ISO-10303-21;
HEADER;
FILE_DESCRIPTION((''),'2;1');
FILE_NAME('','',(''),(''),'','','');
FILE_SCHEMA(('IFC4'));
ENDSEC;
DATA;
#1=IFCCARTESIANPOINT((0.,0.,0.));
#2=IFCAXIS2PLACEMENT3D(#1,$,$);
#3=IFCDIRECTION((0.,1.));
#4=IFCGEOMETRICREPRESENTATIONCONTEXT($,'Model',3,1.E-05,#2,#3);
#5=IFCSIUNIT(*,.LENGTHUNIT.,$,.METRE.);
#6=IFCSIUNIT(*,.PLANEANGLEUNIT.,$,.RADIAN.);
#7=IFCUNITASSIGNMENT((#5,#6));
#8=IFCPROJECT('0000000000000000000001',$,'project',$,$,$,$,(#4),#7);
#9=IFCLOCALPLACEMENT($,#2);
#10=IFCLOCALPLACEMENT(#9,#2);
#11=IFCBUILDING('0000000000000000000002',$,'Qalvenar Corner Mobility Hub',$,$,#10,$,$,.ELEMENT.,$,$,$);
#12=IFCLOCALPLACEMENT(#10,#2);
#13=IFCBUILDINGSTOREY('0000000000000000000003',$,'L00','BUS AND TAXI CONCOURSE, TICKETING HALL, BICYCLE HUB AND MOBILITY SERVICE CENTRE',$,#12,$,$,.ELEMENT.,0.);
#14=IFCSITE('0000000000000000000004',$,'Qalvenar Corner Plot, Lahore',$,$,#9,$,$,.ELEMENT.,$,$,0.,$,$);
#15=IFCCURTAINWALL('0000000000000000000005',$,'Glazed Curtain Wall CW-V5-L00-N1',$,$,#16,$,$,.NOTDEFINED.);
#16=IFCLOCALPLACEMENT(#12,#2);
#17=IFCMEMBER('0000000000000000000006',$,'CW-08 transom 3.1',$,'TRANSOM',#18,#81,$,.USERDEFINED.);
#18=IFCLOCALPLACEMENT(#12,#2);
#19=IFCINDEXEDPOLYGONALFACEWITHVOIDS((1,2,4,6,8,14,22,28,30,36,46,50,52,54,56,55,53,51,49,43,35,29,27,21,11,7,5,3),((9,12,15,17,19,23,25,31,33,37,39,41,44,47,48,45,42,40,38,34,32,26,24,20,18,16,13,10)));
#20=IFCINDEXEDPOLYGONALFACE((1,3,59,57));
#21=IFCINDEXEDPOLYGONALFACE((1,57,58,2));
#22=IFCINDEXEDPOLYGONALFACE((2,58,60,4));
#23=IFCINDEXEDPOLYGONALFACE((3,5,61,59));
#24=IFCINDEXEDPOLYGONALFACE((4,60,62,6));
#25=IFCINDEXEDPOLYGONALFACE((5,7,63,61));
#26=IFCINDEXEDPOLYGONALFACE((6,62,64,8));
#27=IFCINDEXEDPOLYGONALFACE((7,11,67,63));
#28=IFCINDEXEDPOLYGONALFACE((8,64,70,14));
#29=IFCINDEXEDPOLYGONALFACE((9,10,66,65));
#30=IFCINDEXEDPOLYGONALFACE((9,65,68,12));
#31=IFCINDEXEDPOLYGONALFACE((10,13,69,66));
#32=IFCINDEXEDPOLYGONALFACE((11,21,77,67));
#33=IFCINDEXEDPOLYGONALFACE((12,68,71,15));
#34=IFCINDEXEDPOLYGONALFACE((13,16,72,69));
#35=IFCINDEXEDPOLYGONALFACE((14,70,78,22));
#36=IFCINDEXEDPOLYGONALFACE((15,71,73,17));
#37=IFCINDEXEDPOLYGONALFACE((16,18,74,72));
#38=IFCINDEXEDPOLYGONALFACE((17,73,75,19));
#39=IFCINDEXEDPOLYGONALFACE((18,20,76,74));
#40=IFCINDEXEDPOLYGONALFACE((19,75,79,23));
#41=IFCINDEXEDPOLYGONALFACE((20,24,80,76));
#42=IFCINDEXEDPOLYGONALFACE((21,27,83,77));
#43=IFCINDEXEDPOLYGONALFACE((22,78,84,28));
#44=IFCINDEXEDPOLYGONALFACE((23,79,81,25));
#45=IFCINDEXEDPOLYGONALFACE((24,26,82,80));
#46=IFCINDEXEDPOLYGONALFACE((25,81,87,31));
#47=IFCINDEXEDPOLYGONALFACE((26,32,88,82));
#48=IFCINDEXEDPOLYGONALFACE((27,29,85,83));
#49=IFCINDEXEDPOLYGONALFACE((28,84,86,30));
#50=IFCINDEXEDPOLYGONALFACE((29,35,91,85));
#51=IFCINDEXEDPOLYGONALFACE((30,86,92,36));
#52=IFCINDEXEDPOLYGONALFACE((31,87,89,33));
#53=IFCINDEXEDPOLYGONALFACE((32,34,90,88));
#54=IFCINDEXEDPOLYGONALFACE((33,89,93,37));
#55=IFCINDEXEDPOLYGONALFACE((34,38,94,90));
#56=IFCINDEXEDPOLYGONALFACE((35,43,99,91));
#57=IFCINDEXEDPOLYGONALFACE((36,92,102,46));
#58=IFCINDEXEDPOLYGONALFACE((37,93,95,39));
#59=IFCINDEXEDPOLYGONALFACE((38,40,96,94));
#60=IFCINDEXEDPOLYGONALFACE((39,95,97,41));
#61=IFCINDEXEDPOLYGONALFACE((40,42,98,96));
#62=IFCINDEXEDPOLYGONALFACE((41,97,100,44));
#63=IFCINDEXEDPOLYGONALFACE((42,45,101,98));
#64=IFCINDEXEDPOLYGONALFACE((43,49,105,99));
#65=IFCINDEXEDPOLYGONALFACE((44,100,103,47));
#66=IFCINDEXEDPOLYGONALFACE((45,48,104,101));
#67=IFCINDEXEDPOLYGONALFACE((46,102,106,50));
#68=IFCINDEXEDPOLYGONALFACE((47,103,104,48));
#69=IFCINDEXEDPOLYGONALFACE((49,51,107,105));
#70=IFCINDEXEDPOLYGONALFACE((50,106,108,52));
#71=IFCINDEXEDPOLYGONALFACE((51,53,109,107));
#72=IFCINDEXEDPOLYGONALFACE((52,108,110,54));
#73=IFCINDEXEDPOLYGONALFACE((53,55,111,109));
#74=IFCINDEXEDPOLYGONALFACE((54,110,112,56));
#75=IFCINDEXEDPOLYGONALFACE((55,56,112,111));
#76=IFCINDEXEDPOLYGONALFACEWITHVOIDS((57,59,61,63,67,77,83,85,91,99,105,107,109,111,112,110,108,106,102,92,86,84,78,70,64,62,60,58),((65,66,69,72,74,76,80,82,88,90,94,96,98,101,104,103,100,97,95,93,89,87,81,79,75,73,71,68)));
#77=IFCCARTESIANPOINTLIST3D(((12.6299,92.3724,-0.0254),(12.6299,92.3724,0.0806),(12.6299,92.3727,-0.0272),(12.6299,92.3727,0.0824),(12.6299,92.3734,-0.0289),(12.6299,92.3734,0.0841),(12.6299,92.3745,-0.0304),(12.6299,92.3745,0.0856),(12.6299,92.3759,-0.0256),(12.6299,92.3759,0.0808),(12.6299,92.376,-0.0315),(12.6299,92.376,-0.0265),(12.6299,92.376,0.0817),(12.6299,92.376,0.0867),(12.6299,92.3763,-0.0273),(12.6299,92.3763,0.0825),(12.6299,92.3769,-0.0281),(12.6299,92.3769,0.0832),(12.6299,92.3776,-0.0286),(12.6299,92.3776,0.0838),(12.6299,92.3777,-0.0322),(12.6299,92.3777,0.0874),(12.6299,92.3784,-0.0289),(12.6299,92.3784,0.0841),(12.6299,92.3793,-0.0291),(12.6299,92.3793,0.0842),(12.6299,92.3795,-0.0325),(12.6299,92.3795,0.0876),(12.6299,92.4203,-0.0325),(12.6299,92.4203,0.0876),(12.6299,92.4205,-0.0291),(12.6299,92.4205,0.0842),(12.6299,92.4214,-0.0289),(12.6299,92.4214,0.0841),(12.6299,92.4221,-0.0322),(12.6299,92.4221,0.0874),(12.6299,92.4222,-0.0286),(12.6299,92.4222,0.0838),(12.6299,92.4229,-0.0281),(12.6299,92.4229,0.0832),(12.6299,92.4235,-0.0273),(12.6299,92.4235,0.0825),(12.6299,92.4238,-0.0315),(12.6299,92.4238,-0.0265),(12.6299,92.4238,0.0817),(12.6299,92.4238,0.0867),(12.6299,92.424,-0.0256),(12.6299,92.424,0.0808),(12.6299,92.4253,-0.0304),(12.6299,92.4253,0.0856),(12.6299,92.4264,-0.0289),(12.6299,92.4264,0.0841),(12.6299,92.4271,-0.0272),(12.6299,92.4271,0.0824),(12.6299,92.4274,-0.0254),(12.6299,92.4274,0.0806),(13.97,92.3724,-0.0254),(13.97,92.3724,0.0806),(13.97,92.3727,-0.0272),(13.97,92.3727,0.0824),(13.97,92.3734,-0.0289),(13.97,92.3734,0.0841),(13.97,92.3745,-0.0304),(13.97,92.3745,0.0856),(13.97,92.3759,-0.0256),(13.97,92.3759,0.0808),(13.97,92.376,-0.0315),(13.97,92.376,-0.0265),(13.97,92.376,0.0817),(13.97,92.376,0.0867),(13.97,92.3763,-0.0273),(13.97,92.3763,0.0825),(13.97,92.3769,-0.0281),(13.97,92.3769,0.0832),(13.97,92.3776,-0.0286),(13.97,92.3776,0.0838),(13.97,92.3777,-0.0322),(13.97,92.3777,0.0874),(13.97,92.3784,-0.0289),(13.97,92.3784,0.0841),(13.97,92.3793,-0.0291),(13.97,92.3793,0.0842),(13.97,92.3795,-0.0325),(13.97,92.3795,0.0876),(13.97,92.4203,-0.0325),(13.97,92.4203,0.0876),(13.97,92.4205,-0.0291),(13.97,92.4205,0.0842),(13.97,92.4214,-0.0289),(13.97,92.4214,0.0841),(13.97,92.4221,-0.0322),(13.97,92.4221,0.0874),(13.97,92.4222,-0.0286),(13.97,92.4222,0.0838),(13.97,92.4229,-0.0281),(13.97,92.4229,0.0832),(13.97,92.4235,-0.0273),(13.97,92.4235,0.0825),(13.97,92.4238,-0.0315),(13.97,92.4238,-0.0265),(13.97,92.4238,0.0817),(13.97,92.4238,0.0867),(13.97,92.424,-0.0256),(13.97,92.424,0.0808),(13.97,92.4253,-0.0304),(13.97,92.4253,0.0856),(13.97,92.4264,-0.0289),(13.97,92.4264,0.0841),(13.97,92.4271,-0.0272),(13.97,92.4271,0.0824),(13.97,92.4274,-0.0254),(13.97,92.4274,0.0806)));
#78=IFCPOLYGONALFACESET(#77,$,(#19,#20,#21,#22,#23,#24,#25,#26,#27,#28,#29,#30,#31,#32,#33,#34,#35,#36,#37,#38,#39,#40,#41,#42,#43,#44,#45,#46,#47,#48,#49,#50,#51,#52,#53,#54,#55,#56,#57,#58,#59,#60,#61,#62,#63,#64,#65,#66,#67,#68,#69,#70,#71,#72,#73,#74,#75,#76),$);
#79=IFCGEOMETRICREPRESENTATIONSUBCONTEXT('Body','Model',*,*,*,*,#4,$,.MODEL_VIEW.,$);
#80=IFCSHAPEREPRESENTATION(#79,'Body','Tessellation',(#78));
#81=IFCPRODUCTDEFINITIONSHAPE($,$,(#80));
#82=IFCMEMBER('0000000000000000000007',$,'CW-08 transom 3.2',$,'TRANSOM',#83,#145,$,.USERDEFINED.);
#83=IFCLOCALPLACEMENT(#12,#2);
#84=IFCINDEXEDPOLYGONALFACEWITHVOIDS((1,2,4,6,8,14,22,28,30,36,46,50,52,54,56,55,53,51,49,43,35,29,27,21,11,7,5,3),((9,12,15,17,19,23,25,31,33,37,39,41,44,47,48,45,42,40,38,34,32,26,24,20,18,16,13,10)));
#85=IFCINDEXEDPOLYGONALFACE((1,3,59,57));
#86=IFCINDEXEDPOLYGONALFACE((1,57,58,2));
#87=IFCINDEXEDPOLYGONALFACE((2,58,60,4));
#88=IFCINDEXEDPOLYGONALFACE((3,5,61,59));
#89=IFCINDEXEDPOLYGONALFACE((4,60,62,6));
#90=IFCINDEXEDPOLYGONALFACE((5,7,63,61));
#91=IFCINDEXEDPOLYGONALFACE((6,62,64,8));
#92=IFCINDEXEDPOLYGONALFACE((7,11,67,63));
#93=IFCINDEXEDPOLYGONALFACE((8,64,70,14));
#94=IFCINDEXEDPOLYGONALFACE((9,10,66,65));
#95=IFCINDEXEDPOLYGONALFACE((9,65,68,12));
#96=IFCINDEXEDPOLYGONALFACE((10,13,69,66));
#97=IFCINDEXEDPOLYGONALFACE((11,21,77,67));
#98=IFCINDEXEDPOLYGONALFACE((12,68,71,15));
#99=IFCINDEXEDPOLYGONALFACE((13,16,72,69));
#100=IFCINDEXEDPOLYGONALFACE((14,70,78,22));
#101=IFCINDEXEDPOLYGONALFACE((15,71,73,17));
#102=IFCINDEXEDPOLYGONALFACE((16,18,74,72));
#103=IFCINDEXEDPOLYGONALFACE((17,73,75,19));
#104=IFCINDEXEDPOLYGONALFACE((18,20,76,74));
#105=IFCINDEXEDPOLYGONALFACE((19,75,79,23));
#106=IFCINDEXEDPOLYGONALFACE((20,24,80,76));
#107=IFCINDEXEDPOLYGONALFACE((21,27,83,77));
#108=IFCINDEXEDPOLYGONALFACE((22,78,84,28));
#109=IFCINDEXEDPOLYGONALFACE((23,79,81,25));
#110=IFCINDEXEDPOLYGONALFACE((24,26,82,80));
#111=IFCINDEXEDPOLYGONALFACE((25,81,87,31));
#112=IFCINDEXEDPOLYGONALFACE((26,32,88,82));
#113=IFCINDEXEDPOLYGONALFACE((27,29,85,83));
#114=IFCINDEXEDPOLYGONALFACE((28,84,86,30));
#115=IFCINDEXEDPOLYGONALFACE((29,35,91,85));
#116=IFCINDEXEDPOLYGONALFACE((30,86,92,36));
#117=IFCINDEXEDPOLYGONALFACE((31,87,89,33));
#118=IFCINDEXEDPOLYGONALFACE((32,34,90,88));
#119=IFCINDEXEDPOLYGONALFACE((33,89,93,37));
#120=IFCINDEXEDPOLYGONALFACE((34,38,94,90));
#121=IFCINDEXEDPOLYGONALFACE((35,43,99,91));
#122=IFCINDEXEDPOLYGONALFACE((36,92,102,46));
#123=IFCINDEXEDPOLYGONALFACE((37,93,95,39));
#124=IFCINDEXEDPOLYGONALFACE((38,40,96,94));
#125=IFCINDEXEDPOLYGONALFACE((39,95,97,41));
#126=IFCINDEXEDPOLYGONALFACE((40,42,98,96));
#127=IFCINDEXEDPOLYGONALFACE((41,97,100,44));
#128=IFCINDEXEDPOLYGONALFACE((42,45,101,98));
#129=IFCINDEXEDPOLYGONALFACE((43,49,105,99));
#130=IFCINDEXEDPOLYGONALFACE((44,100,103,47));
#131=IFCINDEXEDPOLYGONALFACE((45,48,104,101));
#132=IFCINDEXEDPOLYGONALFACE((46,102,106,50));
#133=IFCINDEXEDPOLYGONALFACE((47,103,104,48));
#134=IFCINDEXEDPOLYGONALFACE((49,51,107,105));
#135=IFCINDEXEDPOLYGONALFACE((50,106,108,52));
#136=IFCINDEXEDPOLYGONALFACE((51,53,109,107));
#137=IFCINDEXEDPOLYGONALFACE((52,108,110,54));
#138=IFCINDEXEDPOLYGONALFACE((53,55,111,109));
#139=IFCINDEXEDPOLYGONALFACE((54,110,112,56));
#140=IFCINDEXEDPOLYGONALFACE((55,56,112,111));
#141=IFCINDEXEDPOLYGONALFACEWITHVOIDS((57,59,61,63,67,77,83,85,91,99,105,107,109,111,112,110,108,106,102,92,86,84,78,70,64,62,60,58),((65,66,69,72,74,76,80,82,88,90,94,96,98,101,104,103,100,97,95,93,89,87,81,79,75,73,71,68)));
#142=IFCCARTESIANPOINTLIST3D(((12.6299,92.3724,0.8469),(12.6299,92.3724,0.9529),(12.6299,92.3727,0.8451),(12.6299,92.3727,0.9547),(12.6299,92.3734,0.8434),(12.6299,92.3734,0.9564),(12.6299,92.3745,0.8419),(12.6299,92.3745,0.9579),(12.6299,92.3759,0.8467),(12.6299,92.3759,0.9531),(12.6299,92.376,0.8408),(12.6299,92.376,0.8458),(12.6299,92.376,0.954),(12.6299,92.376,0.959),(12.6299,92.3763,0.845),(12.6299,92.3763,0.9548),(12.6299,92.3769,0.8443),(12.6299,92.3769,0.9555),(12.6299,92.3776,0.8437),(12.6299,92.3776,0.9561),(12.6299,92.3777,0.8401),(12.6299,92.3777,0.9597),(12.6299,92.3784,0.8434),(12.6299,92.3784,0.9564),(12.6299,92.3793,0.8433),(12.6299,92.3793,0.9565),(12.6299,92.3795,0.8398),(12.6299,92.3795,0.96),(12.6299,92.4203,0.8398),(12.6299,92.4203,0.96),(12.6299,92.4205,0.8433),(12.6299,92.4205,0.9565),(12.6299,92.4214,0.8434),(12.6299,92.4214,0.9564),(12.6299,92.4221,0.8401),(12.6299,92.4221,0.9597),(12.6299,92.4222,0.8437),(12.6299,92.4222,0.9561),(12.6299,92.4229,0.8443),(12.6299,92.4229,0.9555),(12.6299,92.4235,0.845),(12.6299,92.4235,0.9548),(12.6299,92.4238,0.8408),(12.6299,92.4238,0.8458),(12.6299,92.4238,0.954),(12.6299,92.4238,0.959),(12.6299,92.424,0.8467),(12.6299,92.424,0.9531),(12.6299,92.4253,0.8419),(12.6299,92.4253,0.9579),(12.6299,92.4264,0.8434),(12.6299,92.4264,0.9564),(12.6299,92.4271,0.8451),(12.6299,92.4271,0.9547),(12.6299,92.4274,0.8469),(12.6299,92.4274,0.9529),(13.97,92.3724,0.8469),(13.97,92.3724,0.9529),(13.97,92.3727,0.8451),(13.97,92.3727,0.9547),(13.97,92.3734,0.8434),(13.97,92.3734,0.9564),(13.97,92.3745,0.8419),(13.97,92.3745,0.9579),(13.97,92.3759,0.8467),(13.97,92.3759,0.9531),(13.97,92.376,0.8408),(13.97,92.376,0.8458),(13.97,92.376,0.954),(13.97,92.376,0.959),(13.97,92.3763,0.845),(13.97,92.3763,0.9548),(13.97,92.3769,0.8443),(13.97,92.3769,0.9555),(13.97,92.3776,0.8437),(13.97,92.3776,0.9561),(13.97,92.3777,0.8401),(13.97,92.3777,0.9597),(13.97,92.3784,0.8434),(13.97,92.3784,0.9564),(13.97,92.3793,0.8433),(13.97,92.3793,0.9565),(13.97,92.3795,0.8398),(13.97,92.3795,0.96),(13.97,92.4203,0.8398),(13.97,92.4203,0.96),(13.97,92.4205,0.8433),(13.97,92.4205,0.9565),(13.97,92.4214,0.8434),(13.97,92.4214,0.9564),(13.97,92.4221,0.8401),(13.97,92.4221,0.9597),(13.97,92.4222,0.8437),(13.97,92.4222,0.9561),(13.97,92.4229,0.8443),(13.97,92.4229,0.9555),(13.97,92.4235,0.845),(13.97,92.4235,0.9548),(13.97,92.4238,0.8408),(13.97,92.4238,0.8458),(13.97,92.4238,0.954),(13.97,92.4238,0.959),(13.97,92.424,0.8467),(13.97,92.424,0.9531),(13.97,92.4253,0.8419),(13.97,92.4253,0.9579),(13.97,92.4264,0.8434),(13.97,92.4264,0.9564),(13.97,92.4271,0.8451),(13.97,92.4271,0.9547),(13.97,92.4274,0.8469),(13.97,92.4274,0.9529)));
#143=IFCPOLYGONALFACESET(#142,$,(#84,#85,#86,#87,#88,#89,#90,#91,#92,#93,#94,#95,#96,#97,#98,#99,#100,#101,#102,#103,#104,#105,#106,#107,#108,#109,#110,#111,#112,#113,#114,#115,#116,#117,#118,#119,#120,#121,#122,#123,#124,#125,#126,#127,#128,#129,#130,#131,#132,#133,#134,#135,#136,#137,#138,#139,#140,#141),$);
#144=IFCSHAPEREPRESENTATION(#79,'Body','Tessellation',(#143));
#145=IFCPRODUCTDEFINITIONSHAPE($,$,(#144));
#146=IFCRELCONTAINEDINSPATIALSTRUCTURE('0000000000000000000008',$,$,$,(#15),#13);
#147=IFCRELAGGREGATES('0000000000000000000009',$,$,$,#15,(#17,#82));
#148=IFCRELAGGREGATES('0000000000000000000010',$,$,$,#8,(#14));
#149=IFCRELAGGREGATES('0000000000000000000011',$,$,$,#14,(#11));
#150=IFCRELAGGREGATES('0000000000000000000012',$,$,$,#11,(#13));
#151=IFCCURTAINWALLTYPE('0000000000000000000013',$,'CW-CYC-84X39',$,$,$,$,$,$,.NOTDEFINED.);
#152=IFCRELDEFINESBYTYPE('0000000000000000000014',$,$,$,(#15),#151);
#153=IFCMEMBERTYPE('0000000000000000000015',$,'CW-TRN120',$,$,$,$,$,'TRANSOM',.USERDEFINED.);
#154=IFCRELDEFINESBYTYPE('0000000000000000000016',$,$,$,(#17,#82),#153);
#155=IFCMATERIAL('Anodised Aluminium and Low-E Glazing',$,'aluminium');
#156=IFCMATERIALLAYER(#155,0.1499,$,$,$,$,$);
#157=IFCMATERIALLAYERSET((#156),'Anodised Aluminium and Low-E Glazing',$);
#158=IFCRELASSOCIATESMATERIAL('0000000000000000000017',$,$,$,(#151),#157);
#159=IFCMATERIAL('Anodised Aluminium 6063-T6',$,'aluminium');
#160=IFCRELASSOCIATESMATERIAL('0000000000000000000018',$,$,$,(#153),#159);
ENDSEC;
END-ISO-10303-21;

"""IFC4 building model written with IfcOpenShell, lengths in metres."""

from ifc_helpers import new_model, si_unit, direction, frame, origin, origin_2d, place, context, subcontext, project, spatial, hollow_rectangle, extrude, material, layer, layer_set, material_profile, profile_set, type_object, element, aggregate, save


model = new_model("IFC4")

# Units and contexts
model_context = context("Model", 3, precision=1e-05, world=origin(), true_north=direction((0.0, 1.0)))
body_context = subcontext(model_context, "Body", "Model", "MODEL_VIEW")
ifc_project = project(units=[si_unit("LENGTHUNIT", "METRE"), si_unit("PLANEANGLEUNIT", "RADIAN")], contexts=[model_context])

# Site, building, storey
site_placement = place(None, origin())
site = spatial("IfcSite", under=ifc_project, at=site_placement, Name="Qalvenar Corner Plot, Lahore", CompositionType="ELEMENT", RefElevation=0.0)
building_placement = place(site_placement, origin())
building = spatial("IfcBuilding", under=site, at=building_placement, Name="Qalvenar Corner Mobility Hub", CompositionType="ELEMENT")
storey_placement = place(building_placement, origin())
storey = spatial("IfcBuildingStorey", under=building, at=storey_placement, Name="L00", Description="BUS AND TAXI CONCOURSE, TICKETING HALL, BICYCLE HUB AND MOBILITY SERVICE CENTRE", CompositionType="ELEMENT", Elevation=0.0)

# Curtain wall, members
ifc_material_1 = material(Name="Anodised Aluminium and Low-E Glazing", Category="aluminium")
ifc_layer_1 = layer(ifc_material_1, 0.1499)
ifc_layer_set_1 = layer_set([ifc_layer_1], Name="Anodised Aluminium and Low-E Glazing")
curtain_wall_type = type_object("IfcCurtainWallType", Name="CW-CYC-84X39", PredefinedType="NOTDEFINED", material=ifc_layer_set_1)
curtain_wall_placement = place(storey_placement, origin())
curtain_wall = element("IfcCurtainWall", 1, at=curtain_wall_placement, inside=storey, type_object=curtain_wall_type, Name="Glazed Curtain Wall CW-V5-L00-N1", PredefinedType="NOTDEFINED")
ifc_material_2 = material(Name="Anodised Aluminium 6063-T6", Category="aluminium")
ifc_material_profile_1 = material_profile(ifc_material_2, hollow_rectangle(XDim=0.0549, YDim=0.1201, WallThickness=0.0034, InnerFilletRadius=0.0034, OuterFilletRadius=0.0071, at=origin_2d()), Name="RHS120x55x3.5")
ifc_profile_set_1 = profile_set([ifc_material_profile_1], Name="Anodised Aluminium 6063-T6")
member_type_1 = type_object("IfcMemberType", Name="CW-TRN120", ElementType="TRANSOM", PredefinedType="USERDEFINED", material=ifc_profile_set_1)
member_1_placement = place(storey_placement, frame((13.97, 92.3999, 0.0276), z_axis=(-1.0, 0.0, 0.0), x_axis=(0.0, -1.0, 0.0)))
member_1 = element("IfcMember", 2, at=member_1_placement, type_object=member_type_1, Name="CW-08 transom 3.1", ObjectType="TRANSOM", PredefinedType="USERDEFINED", context=body_context, shape_type="SweptSolid", body=[
    extrude(hollow_rectangle(XDim=0.0549, YDim=0.1201, WallThickness=0.0034, InnerFilletRadius=0.0034, OuterFilletRadius=0.0071, at=origin_2d()), origin(), (0.0, 0.0, 1.0), 1.3401),
])
member_2_placement = place(storey_placement, frame((13.97, 92.3999, 0.8999), z_axis=(-1.0, 0.0, 0.0), x_axis=(0.0, -1.0, 0.0)))
member_2 = element("IfcMember", 3, at=member_2_placement, type_object=member_type_1, Name="CW-08 transom 3.2", ObjectType="TRANSOM", PredefinedType="USERDEFINED", context=body_context, shape_type="SweptSolid", body=[
    extrude(hollow_rectangle(XDim=0.0549, YDim=0.1201, WallThickness=0.0034, InnerFilletRadius=0.0034, OuterFilletRadius=0.0071, at=origin_2d()), origin(), (0.0, 0.0, 1.0), 1.3401),
])
aggregate(curtain_wall, [member_1, member_2])

save(model, "model.ifc")
